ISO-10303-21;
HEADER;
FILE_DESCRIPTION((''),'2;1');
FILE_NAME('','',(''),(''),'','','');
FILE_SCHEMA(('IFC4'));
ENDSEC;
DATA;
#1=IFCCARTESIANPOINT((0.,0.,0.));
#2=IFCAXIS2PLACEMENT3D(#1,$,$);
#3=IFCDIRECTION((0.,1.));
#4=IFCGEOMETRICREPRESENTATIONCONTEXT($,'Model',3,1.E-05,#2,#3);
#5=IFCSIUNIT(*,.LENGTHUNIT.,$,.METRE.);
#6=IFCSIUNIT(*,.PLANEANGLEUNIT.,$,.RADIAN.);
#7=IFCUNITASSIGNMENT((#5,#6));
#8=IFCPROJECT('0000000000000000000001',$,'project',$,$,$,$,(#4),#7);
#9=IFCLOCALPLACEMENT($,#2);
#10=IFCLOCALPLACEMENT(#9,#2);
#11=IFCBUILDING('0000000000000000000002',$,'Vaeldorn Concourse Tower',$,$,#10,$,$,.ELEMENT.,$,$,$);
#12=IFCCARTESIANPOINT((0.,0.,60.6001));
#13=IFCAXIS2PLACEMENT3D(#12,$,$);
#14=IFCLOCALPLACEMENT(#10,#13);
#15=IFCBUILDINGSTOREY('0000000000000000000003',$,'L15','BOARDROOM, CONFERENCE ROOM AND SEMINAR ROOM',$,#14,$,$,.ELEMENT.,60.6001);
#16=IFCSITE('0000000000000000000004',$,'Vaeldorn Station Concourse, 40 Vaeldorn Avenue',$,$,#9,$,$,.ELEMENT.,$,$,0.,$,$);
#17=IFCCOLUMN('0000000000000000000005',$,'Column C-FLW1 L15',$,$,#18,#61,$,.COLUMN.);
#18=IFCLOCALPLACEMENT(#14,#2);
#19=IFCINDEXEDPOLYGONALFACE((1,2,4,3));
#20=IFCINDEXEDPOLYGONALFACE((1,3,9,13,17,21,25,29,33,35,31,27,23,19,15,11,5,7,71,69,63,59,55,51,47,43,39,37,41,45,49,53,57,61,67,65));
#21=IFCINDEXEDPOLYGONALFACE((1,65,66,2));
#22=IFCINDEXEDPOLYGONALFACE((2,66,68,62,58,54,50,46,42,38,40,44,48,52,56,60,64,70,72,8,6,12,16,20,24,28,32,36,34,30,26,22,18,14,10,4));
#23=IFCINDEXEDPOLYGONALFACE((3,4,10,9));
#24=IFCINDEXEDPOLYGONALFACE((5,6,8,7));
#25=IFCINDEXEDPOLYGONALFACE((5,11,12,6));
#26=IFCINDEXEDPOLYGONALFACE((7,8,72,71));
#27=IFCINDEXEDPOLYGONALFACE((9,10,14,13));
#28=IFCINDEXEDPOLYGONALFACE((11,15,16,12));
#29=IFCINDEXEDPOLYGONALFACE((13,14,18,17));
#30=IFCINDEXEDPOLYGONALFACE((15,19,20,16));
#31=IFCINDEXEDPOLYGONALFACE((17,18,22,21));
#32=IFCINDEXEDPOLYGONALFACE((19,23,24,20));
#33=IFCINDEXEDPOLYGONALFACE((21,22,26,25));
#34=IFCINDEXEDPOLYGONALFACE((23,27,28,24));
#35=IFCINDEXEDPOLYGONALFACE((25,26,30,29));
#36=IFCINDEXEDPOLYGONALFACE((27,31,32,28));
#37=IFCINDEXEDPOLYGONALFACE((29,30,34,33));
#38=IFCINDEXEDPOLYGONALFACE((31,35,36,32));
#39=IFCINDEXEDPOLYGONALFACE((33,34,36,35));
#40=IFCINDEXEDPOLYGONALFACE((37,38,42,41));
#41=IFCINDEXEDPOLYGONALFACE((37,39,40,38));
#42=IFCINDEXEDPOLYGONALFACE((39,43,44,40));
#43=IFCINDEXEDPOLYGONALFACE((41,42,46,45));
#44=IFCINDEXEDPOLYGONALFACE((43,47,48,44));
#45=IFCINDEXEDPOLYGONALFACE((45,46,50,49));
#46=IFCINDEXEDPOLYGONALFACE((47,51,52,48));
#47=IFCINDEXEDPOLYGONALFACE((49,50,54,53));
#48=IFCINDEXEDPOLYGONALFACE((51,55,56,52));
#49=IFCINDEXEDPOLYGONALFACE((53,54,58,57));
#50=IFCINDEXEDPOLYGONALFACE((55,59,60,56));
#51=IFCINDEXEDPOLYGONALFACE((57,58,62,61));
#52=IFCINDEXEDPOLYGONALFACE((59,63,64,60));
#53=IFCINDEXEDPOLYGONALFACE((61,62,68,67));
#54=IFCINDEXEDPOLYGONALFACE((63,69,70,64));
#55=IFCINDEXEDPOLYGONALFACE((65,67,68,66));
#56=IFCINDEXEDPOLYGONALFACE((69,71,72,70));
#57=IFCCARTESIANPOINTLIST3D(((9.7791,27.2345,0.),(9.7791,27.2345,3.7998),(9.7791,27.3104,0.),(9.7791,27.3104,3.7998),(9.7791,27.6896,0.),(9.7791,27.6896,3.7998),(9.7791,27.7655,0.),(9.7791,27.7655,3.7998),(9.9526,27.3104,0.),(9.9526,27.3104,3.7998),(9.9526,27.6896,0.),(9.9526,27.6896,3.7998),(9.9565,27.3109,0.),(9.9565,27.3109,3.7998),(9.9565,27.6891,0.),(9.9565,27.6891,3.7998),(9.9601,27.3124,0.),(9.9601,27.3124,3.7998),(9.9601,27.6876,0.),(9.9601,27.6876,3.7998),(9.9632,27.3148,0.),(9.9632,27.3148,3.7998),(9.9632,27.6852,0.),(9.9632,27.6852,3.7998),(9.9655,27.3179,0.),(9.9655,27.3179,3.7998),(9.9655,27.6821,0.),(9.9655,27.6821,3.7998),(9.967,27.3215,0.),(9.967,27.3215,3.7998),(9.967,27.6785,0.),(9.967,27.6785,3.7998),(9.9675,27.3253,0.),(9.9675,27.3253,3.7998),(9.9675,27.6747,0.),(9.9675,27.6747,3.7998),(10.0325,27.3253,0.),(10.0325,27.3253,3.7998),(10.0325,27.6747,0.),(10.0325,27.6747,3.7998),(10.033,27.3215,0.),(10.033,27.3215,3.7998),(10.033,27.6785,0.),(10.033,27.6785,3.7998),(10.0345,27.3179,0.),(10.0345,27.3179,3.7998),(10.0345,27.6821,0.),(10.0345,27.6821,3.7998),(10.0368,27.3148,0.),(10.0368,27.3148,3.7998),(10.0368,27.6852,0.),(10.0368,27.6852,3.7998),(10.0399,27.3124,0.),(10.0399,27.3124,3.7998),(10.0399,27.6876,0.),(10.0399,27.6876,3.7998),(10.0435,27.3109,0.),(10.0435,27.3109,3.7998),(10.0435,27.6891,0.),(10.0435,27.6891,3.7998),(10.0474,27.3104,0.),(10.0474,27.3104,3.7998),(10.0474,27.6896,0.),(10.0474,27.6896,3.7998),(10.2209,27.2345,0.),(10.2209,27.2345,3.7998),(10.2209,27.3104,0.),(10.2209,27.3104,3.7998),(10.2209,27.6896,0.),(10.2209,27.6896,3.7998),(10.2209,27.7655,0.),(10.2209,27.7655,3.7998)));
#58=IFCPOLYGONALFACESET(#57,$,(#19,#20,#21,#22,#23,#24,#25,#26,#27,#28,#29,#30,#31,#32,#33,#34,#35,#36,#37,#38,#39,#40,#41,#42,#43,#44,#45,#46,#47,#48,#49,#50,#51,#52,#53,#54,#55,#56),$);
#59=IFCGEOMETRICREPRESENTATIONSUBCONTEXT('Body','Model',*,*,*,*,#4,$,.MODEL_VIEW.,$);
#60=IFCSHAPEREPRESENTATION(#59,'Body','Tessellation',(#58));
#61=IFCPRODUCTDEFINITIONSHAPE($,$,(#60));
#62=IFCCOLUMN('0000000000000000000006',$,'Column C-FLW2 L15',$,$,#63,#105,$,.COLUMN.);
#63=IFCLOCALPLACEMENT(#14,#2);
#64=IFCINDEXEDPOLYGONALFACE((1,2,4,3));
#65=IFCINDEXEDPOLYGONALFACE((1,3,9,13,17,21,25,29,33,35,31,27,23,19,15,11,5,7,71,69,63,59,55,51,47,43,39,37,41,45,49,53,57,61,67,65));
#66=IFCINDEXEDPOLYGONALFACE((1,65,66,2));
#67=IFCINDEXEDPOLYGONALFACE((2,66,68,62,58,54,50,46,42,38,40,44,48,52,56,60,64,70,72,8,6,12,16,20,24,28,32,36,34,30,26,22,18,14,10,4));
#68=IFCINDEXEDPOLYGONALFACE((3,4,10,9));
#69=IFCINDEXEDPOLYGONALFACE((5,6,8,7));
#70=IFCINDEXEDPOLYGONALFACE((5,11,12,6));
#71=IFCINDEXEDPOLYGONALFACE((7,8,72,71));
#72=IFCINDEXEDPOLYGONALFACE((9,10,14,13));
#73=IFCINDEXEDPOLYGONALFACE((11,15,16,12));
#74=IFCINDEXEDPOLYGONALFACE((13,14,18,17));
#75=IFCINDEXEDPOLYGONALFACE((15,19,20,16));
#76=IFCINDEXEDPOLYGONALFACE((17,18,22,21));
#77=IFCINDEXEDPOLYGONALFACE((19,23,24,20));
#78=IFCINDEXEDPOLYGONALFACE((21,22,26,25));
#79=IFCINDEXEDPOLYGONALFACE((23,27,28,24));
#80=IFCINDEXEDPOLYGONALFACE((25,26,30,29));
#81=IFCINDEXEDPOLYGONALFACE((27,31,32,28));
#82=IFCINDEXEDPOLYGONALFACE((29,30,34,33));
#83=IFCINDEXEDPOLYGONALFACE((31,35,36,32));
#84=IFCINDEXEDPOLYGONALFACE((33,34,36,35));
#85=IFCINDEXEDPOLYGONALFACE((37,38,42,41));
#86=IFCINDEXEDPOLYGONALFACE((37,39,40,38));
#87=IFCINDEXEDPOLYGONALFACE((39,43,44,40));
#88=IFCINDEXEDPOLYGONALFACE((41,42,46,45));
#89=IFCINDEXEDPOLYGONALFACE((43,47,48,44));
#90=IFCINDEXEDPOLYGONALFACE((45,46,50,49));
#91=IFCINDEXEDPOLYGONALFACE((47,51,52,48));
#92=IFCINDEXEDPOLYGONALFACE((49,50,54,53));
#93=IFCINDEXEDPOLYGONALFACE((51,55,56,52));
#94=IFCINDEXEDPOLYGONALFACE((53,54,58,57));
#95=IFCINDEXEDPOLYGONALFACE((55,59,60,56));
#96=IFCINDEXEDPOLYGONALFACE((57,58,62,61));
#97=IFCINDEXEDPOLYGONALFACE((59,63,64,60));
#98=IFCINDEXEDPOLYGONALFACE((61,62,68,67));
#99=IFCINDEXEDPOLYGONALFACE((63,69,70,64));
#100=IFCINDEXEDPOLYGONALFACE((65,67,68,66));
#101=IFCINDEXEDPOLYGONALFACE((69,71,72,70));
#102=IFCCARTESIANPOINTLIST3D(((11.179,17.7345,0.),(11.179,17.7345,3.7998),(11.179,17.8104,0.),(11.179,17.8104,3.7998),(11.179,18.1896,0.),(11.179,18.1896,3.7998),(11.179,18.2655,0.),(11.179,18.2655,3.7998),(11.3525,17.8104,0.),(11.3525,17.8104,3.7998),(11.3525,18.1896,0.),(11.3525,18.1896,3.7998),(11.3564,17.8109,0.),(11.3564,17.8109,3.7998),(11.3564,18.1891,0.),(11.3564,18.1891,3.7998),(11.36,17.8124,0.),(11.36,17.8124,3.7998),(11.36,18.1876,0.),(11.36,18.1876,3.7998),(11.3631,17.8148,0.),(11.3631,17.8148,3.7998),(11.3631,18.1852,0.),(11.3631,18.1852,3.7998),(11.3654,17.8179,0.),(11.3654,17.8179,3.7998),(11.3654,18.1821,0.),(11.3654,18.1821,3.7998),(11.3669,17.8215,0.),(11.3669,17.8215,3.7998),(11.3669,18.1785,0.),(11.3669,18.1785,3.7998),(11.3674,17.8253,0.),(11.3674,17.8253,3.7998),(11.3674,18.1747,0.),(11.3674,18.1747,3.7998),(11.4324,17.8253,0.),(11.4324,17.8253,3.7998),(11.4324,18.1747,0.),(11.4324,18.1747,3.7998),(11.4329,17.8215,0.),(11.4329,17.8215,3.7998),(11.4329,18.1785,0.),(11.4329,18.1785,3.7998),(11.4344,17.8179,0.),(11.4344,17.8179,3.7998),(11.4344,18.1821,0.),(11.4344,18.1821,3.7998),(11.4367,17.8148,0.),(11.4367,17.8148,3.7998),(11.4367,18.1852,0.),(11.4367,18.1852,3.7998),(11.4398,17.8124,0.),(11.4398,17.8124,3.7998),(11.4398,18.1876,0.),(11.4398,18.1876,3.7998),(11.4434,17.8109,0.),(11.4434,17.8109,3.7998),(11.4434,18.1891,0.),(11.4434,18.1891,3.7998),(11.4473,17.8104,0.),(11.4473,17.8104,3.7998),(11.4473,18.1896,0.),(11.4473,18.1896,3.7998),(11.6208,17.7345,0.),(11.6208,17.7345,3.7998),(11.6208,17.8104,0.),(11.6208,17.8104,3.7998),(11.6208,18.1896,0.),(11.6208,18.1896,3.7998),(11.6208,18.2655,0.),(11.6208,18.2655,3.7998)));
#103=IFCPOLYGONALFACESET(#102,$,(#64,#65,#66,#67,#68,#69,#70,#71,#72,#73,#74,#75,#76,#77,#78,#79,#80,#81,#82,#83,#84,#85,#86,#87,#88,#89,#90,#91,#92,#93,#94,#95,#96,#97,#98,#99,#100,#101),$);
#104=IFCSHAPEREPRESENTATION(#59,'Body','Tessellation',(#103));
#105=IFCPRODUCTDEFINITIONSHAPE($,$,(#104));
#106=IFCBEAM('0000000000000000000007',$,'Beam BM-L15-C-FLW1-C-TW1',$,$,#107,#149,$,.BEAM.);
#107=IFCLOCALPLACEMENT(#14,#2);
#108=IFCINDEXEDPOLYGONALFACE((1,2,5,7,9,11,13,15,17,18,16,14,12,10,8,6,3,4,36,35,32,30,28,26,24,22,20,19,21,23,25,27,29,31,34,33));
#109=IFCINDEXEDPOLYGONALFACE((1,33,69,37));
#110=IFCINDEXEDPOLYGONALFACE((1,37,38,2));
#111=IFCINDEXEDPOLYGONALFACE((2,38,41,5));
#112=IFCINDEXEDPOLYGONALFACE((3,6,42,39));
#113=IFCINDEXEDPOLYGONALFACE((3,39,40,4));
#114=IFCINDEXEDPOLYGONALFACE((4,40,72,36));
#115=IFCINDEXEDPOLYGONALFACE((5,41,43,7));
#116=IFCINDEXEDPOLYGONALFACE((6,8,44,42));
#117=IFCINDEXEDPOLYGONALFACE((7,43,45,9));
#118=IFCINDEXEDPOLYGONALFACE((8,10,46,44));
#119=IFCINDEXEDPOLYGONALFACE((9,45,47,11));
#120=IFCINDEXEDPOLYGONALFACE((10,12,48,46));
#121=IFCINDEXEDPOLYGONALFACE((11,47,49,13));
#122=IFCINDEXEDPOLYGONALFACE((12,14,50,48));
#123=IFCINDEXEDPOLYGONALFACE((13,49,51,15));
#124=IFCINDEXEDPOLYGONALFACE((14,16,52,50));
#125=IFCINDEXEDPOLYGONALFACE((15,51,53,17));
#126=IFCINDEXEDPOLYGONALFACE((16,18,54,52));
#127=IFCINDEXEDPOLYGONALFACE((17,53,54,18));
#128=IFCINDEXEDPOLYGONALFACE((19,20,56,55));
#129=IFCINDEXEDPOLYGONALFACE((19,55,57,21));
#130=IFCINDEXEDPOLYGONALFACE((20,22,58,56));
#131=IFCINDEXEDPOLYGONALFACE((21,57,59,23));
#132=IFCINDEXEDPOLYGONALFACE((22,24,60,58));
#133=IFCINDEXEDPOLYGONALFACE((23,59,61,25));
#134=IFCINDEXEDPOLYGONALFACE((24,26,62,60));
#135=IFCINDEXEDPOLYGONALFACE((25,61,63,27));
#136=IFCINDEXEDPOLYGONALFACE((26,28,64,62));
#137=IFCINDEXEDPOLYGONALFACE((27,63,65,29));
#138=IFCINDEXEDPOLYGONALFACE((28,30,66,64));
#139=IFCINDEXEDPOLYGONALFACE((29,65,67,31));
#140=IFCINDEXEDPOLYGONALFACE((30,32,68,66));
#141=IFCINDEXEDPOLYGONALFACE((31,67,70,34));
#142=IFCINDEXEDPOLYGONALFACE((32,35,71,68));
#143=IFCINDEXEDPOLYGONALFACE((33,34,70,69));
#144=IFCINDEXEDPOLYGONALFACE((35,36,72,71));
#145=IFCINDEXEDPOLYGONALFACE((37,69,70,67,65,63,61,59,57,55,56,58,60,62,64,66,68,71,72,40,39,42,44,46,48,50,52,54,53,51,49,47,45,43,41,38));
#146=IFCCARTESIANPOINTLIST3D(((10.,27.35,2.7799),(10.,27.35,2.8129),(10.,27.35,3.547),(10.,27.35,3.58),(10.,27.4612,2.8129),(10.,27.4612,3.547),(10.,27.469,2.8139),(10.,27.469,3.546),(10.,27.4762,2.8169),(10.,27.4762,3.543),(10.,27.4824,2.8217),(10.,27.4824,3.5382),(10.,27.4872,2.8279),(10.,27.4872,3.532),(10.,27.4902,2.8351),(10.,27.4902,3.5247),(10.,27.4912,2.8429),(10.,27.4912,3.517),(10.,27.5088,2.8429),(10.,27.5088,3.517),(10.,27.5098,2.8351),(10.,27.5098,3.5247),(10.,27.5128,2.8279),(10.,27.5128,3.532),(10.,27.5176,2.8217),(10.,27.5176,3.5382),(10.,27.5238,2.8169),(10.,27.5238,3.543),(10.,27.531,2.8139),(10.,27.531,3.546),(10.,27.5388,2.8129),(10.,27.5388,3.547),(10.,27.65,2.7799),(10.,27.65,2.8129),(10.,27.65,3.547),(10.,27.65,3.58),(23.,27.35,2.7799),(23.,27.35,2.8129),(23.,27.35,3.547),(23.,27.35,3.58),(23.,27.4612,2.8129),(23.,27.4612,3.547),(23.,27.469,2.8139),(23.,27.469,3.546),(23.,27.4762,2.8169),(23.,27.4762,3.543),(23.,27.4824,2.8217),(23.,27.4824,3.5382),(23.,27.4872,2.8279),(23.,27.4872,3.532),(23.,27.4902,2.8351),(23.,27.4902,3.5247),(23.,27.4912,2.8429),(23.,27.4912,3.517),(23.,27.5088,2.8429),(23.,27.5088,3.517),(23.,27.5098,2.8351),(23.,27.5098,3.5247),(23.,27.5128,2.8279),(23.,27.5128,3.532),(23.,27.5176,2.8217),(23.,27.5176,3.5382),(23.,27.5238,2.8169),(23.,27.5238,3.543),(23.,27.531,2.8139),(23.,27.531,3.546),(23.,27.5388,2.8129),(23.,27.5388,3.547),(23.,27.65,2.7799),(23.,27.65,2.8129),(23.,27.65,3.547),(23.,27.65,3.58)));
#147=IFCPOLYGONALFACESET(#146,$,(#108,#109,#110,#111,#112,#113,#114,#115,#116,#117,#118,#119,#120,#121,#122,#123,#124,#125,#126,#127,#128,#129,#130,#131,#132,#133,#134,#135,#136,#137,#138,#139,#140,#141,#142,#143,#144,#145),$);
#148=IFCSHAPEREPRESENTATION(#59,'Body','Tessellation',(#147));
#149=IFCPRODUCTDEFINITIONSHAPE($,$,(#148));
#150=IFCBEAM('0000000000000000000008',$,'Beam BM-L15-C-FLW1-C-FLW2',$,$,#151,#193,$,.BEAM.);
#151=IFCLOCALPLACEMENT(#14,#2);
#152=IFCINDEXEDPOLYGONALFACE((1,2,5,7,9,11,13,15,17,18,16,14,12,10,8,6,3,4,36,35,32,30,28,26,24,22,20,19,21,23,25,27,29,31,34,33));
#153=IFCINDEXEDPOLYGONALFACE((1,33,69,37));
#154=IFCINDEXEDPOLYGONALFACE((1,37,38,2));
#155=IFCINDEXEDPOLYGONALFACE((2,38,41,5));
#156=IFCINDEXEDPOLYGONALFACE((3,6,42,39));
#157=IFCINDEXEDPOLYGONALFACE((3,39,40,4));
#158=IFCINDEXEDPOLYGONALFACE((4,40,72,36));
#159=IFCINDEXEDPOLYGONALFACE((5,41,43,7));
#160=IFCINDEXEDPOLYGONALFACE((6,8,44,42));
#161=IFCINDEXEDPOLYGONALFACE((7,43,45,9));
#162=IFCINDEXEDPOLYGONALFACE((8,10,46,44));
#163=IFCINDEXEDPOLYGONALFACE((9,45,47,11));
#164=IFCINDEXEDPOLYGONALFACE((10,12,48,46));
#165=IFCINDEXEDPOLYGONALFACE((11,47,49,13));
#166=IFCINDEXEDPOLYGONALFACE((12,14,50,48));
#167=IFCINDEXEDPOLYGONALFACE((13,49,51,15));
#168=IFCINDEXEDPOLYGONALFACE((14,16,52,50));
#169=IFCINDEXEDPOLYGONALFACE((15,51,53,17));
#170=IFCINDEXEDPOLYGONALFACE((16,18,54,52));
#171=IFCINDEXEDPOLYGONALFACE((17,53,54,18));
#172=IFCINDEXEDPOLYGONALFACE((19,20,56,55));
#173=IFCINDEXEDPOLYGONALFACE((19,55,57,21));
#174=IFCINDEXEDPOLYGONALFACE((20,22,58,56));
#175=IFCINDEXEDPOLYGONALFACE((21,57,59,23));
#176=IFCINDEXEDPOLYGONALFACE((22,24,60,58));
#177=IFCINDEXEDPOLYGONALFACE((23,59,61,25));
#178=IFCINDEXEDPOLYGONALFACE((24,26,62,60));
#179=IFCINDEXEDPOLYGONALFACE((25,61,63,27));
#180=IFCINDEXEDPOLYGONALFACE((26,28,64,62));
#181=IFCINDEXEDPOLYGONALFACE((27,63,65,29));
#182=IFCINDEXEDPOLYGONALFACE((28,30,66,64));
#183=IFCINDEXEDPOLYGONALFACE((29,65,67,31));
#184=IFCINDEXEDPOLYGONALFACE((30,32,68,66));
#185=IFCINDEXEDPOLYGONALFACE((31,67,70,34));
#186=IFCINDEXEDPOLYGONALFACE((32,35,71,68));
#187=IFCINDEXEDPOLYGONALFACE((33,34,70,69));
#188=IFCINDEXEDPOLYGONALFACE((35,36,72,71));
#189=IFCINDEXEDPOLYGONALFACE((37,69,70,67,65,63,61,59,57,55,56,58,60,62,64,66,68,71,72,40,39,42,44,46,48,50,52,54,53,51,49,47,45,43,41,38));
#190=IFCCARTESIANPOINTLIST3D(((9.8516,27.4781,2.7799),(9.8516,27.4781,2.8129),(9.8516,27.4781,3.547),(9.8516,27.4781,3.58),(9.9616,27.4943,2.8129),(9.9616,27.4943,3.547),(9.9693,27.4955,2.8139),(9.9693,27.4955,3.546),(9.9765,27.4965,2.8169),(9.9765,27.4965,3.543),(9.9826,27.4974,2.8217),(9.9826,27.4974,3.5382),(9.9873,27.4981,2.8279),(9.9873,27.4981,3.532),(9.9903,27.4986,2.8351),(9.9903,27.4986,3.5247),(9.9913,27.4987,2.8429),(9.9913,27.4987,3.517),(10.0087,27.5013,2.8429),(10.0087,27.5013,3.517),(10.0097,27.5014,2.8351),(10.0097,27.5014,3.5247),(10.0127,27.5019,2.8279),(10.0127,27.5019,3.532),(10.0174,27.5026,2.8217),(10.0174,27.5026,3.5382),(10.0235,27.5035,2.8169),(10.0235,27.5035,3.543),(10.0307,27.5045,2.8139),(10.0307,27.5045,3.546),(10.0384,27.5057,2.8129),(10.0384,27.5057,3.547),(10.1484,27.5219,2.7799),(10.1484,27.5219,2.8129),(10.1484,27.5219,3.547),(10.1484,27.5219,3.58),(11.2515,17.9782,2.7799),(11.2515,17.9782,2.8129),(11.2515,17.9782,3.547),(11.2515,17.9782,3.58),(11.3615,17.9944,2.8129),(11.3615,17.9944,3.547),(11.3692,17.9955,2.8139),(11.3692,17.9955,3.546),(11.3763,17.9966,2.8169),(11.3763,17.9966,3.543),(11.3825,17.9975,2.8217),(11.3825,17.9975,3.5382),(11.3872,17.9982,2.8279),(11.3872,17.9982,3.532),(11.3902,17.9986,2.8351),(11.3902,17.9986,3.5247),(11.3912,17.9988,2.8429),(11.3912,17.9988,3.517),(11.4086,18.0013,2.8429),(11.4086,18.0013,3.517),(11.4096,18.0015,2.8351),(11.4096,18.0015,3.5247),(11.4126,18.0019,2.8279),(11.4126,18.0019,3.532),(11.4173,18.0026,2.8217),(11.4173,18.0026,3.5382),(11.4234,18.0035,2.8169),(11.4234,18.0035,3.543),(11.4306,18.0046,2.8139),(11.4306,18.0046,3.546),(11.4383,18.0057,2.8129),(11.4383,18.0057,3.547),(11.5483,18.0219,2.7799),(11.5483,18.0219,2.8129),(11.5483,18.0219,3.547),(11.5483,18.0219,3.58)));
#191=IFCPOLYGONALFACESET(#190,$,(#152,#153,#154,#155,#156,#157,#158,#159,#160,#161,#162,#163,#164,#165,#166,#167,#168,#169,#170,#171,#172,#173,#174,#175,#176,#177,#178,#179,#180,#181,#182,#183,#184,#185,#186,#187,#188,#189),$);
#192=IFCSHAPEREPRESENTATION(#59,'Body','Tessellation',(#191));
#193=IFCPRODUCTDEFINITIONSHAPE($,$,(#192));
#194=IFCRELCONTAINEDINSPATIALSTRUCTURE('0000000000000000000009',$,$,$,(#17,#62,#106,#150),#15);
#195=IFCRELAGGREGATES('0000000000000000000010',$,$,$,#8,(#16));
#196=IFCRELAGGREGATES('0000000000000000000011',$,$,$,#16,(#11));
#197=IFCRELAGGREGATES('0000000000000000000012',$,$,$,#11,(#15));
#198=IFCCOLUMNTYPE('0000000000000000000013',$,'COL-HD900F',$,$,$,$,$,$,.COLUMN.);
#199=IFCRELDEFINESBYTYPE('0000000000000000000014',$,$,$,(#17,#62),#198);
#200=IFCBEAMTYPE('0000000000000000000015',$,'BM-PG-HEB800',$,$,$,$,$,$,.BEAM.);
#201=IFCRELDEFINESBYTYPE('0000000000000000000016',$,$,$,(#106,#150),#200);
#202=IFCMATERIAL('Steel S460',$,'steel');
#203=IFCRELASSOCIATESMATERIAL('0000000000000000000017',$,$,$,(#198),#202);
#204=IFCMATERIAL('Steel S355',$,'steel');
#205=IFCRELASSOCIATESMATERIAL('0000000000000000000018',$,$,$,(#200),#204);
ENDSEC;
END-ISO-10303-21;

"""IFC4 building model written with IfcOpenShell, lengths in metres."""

from ifc_helpers import new_model, si_unit, direction, frame, origin, origin_2d, place, context, subcontext, project, spatial, i_section, extrude, source, transform, mapped, material, material_profile, profile_set, type_object, element, save


model = new_model("IFC4")

# Units and contexts
model_context = context("Model", 3, precision=1e-05, world=origin(), true_north=direction((0.0, 1.0)))
body_context = subcontext(model_context, "Body", "Model", "MODEL_VIEW")
ifc_project = project(units=[si_unit("LENGTHUNIT", "METRE"), si_unit("PLANEANGLEUNIT", "RADIAN")], contexts=[model_context])

# Site, building, storey
site_placement = place(None, origin())
site = spatial("IfcSite", under=ifc_project, at=site_placement, Name="Vaeldorn Station Concourse, 40 Vaeldorn Avenue", CompositionType="ELEMENT", RefElevation=0.0)
building_placement = place(site_placement, origin())
building = spatial("IfcBuilding", under=site, at=building_placement, Name="Vaeldorn Concourse Tower", CompositionType="ELEMENT")
storey_placement = place(building_placement, frame((0.0, 0.0, 60.6001)))
storey = spatial("IfcBuildingStorey", under=building, at=storey_placement, Name="L15", Description="BOARDROOM, CONFERENCE ROOM AND SEMINAR ROOM", CompositionType="ELEMENT", Elevation=60.6001)

# Columns
ifc_material_1 = material(Name="Steel S460", Category="steel")
ifc_material_profile_1 = material_profile(ifc_material_1, i_section(OverallWidth=0.4419, OverallDepth=0.531, WebThickness=0.0649, FlangeThickness=0.0759, FilletRadius=0.0149, at=origin_2d()), Name="HD 400x900")
ifc_profile_set_1 = profile_set([ifc_material_profile_1], Name="Steel S460")
column_type = type_object("IfcColumnType", Name="COL-HD900F", PredefinedType="COLUMN", material=ifc_profile_set_1)
shared_shape_1 = source(origin(), body_context, "Body", "SweptSolid", [
    extrude(i_section(OverallWidth=0.4419, OverallDepth=0.531, WebThickness=0.0649, FlangeThickness=0.0759, FilletRadius=0.0149, at=origin_2d()), origin(), (0.0, 0.0, 1.0), 3.7998),
])
for number, where, z_axis, x_axis, name in (
    (1, (10.0, 27.5, 0.0), (0.0, 0.0, 1.0), (1.0, 0.0, 0.0), "Column C-FLW1 L15"),
    (2, (11.3999, 18.0, 0.0), (0.0, 0.0, 1.0), (1.0, 0.0, 0.0), "Column C-FLW2 L15"),
):
    element("IfcColumn", number, at=place(storey_placement, frame(where, z_axis=z_axis, x_axis=x_axis)), inside=storey, type_object=column_type, Name=name, PredefinedType="COLUMN", context=body_context, shape_type="MappedRepresentation", body=[
        mapped(shared_shape_1, transform((0.0, 0.0, 0.0), scale=1.0)),
    ])

# Beams
ifc_material_2 = material(Name="Steel S355", Category="steel")
ifc_material_profile_2 = material_profile(ifc_material_2, i_section(OverallWidth=0.3, OverallDepth=0.8, WebThickness=0.0176, FlangeThickness=0.033, FilletRadius=0.03, at=origin_2d()), Name="HEB 800")
ifc_profile_set_2 = profile_set([ifc_material_profile_2], Name="Steel S355")
beam_type_1 = type_object("IfcBeamType", Name="BM-PG-HEB800", PredefinedType="BEAM", material=ifc_profile_set_2)
shared_shape_2 = source(origin(), body_context, "Body", "SweptSolid", [
    extrude(i_section(OverallWidth=0.3, OverallDepth=0.8, WebThickness=0.0176, FlangeThickness=0.033, FilletRadius=0.03, at=origin_2d()), origin(), (0.0, 0.0, 1.0), 13.0),
])
beam_1_placement = place(storey_placement, frame((10.0, 27.5, 3.1799), z_axis=(1.0, 0.0, 0.0), x_axis=(0.0, 1.0, 0.0)))
element("IfcBeam", 3, at=beam_1_placement, inside=storey, type_object=beam_type_1, Name="Beam BM-L15-C-FLW1-C-TW1", PredefinedType="BEAM", context=body_context, shape_type="MappedRepresentation", body=[
    mapped(shared_shape_2, transform((0.0, 0.0, 0.0), scale=1.0)),
])
shared_shape_3 = source(origin(), body_context, "Body", "SweptSolid", [
    extrude(i_section(OverallWidth=0.3, OverallDepth=0.8, WebThickness=0.0176, FlangeThickness=0.033, FilletRadius=0.03, at=origin_2d()), origin(), (0.0, 0.0, 1.0), 9.6025),
])
beam_2_placement = place(storey_placement, frame((10.0, 27.5, 3.1799), z_axis=(0.145784, -0.989316, 0.0), x_axis=(0.989316, 0.145784, 0.0)))
element("IfcBeam", 4, at=beam_2_placement, inside=storey, type_object=beam_type_1, Name="Beam BM-L15-C-FLW1-C-FLW2", PredefinedType="BEAM", context=body_context, shape_type="MappedRepresentation", body=[
    mapped(shared_shape_3, transform((0.0, 0.0, 0.0), scale=1.0)),
])

save(model, "model.ifc")
